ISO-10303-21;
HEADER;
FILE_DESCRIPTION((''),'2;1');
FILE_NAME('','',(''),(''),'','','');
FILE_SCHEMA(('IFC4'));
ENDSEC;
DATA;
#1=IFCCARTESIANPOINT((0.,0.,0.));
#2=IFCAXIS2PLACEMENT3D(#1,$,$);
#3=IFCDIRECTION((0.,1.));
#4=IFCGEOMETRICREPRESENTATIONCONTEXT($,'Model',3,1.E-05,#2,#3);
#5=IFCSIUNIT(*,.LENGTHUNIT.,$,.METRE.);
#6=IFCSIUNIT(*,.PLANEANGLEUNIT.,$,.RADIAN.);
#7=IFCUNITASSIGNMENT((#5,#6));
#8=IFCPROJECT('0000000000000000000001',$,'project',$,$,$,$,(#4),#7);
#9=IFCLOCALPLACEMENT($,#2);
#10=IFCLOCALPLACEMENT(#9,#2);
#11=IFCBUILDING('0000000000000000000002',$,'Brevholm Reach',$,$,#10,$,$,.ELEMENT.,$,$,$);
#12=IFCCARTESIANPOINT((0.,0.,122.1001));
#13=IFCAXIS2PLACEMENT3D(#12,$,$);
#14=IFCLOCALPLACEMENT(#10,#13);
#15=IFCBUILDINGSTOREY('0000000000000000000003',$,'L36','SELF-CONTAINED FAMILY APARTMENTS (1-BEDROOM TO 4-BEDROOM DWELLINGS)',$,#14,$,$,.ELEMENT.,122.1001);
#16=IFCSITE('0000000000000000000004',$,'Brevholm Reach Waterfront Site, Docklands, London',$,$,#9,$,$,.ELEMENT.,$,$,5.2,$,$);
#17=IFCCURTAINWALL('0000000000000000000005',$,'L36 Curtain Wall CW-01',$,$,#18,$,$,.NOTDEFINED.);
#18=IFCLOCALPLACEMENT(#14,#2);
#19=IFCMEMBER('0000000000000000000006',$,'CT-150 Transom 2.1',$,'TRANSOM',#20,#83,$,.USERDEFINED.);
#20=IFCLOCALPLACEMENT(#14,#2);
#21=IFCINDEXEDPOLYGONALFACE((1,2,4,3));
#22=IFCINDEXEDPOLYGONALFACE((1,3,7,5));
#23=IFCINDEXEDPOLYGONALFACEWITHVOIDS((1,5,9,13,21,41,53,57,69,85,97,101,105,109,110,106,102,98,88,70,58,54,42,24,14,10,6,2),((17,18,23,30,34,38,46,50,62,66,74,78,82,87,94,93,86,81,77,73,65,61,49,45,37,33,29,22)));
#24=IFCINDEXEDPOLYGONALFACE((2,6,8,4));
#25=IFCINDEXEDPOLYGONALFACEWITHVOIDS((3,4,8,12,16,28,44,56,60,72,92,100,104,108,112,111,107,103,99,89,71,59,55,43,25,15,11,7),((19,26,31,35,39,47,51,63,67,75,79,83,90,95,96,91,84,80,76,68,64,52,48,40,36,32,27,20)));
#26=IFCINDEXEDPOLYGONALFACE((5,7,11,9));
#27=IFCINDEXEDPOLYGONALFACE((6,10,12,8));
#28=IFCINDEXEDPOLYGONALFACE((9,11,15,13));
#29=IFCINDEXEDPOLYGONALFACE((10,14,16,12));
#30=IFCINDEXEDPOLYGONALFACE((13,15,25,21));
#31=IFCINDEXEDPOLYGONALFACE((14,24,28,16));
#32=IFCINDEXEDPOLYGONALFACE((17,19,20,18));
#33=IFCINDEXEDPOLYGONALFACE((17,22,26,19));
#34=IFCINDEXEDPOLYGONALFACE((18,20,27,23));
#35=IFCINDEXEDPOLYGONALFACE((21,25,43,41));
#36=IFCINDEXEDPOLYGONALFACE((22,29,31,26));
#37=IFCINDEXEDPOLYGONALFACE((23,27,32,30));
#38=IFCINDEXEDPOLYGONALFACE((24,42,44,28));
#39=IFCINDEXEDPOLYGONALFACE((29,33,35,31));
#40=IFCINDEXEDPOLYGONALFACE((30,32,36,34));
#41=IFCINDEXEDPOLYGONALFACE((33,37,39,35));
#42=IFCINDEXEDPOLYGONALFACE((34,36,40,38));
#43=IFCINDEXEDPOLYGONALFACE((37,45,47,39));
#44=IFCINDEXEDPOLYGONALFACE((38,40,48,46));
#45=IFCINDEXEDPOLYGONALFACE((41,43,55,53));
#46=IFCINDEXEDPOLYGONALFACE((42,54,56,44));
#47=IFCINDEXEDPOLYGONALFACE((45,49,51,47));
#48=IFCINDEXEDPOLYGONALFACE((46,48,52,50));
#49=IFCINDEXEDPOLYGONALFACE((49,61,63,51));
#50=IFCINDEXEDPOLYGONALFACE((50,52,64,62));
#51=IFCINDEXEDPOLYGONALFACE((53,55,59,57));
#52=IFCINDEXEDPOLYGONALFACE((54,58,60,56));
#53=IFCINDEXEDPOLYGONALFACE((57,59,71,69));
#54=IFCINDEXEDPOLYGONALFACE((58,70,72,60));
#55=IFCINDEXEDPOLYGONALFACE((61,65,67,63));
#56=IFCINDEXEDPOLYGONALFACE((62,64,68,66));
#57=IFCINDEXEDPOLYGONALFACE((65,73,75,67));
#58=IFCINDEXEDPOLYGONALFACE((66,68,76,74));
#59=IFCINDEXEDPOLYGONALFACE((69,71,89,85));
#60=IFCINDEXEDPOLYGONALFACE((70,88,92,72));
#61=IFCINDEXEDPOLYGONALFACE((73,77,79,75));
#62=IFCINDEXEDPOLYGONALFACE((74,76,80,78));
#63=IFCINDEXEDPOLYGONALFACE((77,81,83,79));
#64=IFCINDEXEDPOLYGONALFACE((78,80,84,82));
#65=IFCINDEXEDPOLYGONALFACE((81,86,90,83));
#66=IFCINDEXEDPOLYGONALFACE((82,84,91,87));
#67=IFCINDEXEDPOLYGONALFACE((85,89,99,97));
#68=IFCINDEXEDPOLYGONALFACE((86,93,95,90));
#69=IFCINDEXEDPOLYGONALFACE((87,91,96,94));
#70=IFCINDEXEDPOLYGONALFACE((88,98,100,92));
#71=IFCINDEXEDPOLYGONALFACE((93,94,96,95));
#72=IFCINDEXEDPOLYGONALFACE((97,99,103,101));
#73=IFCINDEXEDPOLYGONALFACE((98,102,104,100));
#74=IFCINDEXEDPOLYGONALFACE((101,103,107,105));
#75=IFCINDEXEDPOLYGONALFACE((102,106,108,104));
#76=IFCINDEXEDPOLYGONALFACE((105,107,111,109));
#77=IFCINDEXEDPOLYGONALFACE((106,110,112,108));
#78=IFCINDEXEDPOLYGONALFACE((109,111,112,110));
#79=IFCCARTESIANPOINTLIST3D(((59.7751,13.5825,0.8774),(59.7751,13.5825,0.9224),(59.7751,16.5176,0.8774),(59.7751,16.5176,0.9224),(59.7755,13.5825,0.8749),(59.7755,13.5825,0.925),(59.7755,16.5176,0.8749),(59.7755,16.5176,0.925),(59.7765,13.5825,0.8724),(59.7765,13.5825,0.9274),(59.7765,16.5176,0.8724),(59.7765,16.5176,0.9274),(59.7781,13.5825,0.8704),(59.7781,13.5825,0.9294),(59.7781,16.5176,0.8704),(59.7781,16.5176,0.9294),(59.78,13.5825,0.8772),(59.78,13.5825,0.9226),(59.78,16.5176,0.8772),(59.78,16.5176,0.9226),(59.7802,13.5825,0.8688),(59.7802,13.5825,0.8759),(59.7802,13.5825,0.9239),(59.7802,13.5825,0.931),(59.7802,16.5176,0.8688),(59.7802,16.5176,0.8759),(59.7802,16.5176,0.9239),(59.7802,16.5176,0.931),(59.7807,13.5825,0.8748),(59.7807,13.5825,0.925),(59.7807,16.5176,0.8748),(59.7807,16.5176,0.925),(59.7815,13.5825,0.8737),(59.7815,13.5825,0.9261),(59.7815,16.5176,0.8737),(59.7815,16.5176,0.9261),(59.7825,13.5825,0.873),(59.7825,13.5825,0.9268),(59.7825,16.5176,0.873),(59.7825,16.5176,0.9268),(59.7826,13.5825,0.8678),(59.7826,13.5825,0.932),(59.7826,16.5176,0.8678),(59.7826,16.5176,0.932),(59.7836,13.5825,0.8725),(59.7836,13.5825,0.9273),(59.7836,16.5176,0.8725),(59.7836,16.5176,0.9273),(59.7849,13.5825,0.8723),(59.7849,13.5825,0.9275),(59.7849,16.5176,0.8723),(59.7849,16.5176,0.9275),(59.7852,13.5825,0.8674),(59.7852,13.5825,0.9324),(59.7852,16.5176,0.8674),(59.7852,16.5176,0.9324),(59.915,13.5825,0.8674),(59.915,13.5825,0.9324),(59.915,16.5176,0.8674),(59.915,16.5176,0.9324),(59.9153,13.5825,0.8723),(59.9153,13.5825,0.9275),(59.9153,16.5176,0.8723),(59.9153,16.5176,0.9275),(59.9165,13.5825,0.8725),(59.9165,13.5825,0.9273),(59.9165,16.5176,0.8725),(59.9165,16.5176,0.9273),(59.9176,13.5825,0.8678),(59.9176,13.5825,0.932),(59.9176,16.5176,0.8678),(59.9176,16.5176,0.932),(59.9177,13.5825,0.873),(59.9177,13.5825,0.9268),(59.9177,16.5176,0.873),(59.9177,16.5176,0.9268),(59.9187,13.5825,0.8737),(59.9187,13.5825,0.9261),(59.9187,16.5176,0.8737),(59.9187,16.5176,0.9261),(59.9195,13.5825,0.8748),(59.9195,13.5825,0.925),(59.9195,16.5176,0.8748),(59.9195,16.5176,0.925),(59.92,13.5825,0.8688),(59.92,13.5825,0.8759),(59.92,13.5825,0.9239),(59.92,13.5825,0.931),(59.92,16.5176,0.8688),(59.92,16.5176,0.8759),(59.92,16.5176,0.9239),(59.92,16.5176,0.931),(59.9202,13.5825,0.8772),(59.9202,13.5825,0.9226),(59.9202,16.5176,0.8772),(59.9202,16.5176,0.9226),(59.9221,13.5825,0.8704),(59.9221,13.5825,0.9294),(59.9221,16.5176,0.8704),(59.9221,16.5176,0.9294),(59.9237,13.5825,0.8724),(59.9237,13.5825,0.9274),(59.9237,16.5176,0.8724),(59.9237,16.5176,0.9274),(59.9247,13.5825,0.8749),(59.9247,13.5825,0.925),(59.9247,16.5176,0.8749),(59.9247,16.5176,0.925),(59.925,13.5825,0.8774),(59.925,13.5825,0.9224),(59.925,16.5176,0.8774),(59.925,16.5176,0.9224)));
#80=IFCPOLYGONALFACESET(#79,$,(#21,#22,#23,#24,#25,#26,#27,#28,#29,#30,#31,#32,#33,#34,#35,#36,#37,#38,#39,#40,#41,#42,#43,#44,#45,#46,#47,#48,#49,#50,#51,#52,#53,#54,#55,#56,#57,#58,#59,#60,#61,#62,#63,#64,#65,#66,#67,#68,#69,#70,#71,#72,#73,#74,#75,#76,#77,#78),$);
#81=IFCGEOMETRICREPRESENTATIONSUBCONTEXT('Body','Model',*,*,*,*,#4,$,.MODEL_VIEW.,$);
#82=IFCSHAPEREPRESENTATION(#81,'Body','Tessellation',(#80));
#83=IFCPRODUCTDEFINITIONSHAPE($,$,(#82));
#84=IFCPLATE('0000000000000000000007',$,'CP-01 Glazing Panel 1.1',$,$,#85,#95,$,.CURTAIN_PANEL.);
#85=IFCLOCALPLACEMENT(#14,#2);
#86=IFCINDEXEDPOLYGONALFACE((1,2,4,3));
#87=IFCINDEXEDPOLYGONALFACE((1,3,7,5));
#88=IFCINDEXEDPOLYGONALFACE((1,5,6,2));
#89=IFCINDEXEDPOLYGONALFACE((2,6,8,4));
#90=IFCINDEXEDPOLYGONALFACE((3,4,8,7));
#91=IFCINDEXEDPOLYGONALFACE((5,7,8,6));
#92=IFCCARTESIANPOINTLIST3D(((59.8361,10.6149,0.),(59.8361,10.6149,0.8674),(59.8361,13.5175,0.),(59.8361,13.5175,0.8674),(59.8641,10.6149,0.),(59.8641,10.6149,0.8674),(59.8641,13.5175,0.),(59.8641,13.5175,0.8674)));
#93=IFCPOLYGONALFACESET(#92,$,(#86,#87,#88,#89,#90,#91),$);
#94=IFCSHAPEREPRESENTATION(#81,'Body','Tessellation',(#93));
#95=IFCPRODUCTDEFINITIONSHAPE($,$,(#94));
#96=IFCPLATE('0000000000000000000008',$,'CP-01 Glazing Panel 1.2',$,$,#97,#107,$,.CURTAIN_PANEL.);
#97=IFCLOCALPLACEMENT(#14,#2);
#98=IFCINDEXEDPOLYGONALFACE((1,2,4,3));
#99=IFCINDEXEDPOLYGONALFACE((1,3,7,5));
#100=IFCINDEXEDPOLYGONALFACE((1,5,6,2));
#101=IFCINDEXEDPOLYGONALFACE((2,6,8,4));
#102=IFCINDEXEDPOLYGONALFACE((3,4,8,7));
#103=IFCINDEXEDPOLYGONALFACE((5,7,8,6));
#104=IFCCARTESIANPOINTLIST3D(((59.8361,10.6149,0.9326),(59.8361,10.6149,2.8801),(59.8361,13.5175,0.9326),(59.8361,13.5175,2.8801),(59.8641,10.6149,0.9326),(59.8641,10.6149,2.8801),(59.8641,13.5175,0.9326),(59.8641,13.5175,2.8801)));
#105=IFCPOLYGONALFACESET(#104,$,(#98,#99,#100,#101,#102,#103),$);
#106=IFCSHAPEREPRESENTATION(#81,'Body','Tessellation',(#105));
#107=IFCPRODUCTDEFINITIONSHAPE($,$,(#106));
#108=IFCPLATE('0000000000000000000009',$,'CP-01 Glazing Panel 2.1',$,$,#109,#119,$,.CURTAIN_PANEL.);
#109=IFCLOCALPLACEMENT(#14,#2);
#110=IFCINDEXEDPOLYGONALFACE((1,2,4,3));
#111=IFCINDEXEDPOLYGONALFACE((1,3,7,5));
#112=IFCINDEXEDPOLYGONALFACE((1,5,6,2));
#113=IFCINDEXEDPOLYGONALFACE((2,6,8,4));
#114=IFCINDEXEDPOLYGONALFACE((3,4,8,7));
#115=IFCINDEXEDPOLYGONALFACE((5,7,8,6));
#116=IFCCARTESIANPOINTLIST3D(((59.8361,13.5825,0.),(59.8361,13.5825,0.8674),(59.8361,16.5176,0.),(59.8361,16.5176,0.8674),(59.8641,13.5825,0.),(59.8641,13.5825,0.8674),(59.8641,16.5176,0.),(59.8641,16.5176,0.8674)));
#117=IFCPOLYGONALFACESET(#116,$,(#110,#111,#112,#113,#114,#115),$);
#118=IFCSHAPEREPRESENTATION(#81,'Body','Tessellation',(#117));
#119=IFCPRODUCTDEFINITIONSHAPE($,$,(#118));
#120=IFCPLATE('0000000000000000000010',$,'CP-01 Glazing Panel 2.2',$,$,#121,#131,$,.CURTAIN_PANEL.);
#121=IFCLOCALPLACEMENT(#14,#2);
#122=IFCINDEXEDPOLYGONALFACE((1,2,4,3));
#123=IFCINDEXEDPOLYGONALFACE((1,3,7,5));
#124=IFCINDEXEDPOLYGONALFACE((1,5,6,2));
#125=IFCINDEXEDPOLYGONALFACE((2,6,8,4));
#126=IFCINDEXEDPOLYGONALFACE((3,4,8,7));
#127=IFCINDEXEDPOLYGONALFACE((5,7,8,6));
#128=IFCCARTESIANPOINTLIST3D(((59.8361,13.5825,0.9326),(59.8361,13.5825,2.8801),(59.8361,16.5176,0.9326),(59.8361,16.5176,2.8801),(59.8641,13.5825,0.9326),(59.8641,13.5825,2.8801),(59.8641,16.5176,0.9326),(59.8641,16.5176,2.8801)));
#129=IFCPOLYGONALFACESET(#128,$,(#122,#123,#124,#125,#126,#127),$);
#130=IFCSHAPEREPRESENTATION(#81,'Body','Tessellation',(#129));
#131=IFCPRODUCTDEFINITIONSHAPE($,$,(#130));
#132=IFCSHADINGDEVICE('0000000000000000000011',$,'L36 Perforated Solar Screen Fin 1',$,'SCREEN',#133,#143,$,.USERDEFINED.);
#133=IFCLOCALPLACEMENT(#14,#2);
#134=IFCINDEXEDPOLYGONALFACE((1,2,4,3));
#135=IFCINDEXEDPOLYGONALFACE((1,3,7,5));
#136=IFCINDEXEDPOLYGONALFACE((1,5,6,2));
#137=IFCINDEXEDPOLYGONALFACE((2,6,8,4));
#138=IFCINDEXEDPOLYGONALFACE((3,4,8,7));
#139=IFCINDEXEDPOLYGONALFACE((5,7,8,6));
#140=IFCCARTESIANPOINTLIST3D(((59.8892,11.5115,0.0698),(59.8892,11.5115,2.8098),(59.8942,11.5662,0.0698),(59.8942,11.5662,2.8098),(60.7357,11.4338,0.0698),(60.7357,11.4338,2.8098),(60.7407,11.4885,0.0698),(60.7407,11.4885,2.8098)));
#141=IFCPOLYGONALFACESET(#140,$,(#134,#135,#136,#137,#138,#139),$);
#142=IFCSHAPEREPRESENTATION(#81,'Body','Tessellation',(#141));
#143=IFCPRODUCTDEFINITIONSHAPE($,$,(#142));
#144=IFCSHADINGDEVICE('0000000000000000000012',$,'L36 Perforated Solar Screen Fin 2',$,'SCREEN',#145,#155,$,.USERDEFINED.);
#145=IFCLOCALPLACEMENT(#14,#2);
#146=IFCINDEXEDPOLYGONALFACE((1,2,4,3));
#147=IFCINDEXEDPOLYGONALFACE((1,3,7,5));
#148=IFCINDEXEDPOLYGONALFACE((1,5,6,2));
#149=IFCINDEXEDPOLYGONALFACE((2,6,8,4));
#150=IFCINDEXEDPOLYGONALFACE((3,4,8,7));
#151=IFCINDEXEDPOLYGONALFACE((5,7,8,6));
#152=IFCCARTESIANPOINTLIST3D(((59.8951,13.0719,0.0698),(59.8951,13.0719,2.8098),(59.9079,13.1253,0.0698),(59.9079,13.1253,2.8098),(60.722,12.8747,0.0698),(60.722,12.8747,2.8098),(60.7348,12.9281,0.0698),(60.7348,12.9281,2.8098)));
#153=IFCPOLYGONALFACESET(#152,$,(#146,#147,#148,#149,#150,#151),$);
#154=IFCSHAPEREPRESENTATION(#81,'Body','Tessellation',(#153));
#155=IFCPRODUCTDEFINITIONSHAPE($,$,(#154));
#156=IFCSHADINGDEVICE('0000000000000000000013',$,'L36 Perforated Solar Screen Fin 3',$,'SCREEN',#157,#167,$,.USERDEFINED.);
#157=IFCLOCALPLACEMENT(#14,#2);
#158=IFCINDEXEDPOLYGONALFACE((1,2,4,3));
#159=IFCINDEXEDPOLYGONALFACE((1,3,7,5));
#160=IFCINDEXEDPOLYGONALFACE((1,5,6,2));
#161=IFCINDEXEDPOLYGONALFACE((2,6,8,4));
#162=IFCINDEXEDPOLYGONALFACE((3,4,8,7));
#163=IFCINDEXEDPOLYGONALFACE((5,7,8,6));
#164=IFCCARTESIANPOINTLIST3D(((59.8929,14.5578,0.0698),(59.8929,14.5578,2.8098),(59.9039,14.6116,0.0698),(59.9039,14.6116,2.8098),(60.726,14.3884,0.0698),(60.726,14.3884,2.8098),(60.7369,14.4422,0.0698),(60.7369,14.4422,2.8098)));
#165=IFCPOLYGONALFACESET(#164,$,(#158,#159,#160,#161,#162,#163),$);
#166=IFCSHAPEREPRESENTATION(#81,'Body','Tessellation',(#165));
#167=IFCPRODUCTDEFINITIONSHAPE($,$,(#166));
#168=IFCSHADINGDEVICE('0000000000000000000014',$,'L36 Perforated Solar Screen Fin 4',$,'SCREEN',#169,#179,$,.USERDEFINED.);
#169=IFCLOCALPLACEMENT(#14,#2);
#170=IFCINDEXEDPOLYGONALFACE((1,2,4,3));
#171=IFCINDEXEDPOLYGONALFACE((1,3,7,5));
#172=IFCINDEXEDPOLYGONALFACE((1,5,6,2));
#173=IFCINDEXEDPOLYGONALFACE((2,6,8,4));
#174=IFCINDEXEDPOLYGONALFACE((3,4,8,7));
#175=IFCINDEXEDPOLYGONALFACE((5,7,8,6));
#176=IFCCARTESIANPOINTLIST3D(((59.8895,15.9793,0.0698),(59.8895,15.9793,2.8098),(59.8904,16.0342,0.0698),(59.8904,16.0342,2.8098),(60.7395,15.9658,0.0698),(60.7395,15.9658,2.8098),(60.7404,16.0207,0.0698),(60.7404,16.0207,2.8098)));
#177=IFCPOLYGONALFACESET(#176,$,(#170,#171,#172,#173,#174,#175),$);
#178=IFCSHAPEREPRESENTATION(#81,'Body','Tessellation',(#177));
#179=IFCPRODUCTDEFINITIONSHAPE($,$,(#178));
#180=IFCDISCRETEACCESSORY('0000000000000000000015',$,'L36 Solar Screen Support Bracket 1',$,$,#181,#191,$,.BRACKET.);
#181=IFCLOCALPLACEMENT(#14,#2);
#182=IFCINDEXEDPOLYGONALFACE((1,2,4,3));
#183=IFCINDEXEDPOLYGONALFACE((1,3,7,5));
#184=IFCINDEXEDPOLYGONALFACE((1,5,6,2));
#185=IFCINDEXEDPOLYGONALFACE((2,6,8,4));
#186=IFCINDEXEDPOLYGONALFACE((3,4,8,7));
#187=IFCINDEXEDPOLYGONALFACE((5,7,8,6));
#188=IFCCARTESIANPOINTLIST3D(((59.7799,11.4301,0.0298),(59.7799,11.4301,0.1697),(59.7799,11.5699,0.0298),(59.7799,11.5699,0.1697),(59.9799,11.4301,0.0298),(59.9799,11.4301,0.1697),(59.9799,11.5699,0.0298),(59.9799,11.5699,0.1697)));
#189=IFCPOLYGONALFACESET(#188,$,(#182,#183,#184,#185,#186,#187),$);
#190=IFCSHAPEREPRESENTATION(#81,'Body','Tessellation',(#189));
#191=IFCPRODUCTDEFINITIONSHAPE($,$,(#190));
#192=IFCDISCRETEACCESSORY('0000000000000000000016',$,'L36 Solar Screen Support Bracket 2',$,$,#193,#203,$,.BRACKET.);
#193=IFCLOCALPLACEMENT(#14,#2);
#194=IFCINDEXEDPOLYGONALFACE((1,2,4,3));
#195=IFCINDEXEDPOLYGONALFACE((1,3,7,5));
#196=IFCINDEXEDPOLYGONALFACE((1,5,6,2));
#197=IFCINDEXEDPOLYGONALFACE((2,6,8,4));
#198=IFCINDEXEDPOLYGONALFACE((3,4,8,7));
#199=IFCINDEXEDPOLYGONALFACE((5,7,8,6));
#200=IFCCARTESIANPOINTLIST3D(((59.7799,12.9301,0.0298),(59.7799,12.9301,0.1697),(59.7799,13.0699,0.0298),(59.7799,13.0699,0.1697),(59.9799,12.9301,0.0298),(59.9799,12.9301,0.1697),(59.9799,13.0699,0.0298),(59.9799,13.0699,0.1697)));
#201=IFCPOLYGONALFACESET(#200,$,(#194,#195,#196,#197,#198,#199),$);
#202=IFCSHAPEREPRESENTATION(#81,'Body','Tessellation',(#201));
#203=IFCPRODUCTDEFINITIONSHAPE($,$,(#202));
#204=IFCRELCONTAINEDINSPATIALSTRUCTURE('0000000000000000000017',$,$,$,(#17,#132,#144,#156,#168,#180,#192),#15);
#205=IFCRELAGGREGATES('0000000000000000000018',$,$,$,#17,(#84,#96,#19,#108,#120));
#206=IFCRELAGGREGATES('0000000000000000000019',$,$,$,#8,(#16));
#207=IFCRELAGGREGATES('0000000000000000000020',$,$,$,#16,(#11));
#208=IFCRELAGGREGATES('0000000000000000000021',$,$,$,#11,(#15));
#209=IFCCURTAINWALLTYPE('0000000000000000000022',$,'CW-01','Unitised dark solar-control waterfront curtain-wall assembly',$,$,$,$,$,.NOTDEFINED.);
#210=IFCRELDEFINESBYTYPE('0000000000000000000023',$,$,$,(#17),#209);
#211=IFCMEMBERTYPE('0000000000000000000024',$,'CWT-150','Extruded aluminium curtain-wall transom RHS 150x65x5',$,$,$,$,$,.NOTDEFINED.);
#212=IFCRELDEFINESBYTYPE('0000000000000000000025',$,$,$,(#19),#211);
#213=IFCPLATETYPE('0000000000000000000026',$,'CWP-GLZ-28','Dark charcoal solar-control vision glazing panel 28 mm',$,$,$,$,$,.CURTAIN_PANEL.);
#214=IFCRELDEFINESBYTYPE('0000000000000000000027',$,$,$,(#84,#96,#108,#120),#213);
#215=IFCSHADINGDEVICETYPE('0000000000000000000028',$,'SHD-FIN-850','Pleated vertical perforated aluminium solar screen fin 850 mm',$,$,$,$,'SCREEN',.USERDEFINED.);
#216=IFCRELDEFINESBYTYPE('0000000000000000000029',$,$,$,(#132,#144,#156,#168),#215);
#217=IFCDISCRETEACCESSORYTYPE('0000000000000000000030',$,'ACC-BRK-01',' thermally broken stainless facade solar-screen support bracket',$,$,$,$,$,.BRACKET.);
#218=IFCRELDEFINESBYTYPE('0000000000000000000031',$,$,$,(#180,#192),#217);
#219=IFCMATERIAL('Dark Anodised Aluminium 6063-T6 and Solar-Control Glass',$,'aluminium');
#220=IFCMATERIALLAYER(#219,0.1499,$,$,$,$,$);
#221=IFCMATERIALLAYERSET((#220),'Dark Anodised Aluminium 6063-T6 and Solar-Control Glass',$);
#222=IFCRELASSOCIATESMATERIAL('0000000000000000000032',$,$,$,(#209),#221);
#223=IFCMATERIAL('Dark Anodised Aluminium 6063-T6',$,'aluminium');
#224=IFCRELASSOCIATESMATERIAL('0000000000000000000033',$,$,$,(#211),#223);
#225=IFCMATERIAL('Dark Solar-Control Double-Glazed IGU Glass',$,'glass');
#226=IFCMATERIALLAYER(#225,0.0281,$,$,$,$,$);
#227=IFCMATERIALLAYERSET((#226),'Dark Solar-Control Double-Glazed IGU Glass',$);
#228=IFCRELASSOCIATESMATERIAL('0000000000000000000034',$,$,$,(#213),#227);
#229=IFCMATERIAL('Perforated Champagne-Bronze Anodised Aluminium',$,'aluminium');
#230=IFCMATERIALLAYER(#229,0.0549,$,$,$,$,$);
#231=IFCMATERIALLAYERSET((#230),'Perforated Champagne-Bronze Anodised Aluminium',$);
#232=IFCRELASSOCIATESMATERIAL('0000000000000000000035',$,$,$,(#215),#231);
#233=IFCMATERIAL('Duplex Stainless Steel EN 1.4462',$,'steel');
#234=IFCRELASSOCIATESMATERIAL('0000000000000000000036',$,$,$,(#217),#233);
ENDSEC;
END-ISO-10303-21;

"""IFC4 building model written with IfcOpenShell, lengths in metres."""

from ifc_helpers import new_model, si_unit, direction, frame, origin, origin_2d, place, context, subcontext, project, spatial, rectangle, hollow_rectangle, extrude, material, layer, layer_set, material_profile, profile_set, type_object, element, aggregate, save


model = new_model("IFC4")

# Units and contexts
model_context = context("Model", 3, precision=1e-05, world=origin(), true_north=direction((0.0, 1.0)))
body_context = subcontext(model_context, "Body", "Model", "MODEL_VIEW")
ifc_project = project(units=[si_unit("LENGTHUNIT", "METRE"), si_unit("PLANEANGLEUNIT", "RADIAN")], contexts=[model_context])

# Site, building, storey
site_placement = place(None, origin())
site = spatial("IfcSite", under=ifc_project, at=site_placement, Name="Brevholm Reach Waterfront Site, Docklands, London", CompositionType="ELEMENT", RefElevation=5.2)
building_placement = place(site_placement, origin())
building = spatial("IfcBuilding", under=site, at=building_placement, Name="Brevholm Reach", CompositionType="ELEMENT")
storey_placement = place(building_placement, frame((0.0, 0.0, 122.1001)))
storey = spatial("IfcBuildingStorey", under=building, at=storey_placement, Name="L36", Description="SELF-CONTAINED FAMILY APARTMENTS (1-BEDROOM TO 4-BEDROOM DWELLINGS)", CompositionType="ELEMENT", Elevation=122.1001)

# Curtain wall, member, plates
ifc_material_1 = material(Name="Dark Anodised Aluminium 6063-T6 and Solar-Control Glass", Category="aluminium")
ifc_layer_1 = layer(ifc_material_1, 0.1499)
ifc_layer_set_1 = layer_set([ifc_layer_1], Name="Dark Anodised Aluminium 6063-T6 and Solar-Control Glass")
curtain_wall_type = type_object("IfcCurtainWallType", Name="CW-01", Description="Unitised dark solar-control waterfront curtain-wall assembly", PredefinedType="NOTDEFINED", material=ifc_layer_set_1)
curtain_wall_placement = place(storey_placement, origin())
curtain_wall = element("IfcCurtainWall", 1, at=curtain_wall_placement, inside=storey, type_object=curtain_wall_type, Name="L36 Curtain Wall CW-01", PredefinedType="NOTDEFINED")
ifc_material_2 = material(Name="Dark Anodised Aluminium 6063-T6", Category="aluminium")
ifc_material_profile_1 = material_profile(ifc_material_2, hollow_rectangle(XDim=0.0649, YDim=0.1499, WallThickness=0.0049, InnerFilletRadius=0.0049, OuterFilletRadius=0.01, at=origin_2d()), Name="RHS 150x65x5")
ifc_profile_set_1 = profile_set([ifc_material_profile_1], Name="Dark Anodised Aluminium 6063-T6")
member_type_1 = type_object("IfcMemberType", Name="CWT-150", Description="Extruded aluminium curtain-wall transom RHS 150x65x5", PredefinedType="NOTDEFINED", material=ifc_profile_set_1)
member_1_placement = place(storey_placement, frame((59.8501, 13.5825, 0.8999), z_axis=(0.0, 1.0, 0.0), x_axis=(0.0, 0.0, 1.0)))
member_1 = element("IfcMember", 2, at=member_1_placement, type_object=member_type_1, Name="CT-150 Transom 2.1", ObjectType="TRANSOM", PredefinedType="USERDEFINED", context=body_context, shape_type="SweptSolid", body=[
    extrude(hollow_rectangle(XDim=0.0649, YDim=0.1499, WallThickness=0.0049, InnerFilletRadius=0.0049, OuterFilletRadius=0.01, at=origin_2d()), origin(), (0.0, 0.0, 1.0), 2.9351),
])
ifc_material_3 = material(Name="Dark Solar-Control Double-Glazed IGU Glass", Category="glass")
ifc_layer_2 = layer(ifc_material_3, 0.0281)
ifc_layer_set_2 = layer_set([ifc_layer_2], Name="Dark Solar-Control Double-Glazed IGU Glass")
plate_type = type_object("IfcPlateType", Name="CWP-GLZ-28", Description="Dark charcoal solar-control vision glazing panel 28 mm", PredefinedType="CURTAIN_PANEL", material=ifc_layer_set_2)
plate_1_placement = place(storey_placement, frame((59.8501, 12.0662, 0.0), z_axis=(0.0, 0.0, 1.0), x_axis=(0.0, 1.0, 0.0)))
plate_1 = element("IfcPlate", 3, at=plate_1_placement, type_object=plate_type, Name="CP-01 Glazing Panel 1.1", PredefinedType="CURTAIN_PANEL", context=body_context, shape_type="SweptSolid", body=[
    extrude(rectangle(XDim=2.9026, YDim=0.0281, at=origin_2d()), origin(), (0.0, 0.0, 1.0), 0.8674),
])
plate_2_placement = place(storey_placement, frame((59.8501, 12.0662, 0.9326), z_axis=(0.0, 0.0, 1.0), x_axis=(0.0, 1.0, 0.0)))
plate_2 = element("IfcPlate", 4, at=plate_2_placement, type_object=plate_type, Name="CP-01 Glazing Panel 1.2", PredefinedType="CURTAIN_PANEL", context=body_context, shape_type="SweptSolid", body=[
    extrude(rectangle(XDim=2.9026, YDim=0.0281, at=origin_2d()), origin(), (0.0, 0.0, 1.0), 1.9475),
])
plate_3_placement = place(storey_placement, frame((59.8501, 15.05, 0.0), z_axis=(0.0, 0.0, 1.0), x_axis=(0.0, 1.0, 0.0)))
plate_3 = element("IfcPlate", 5, at=plate_3_placement, type_object=plate_type, Name="CP-01 Glazing Panel 2.1", PredefinedType="CURTAIN_PANEL", context=body_context, shape_type="SweptSolid", body=[
    extrude(rectangle(XDim=2.9351, YDim=0.0281, at=origin_2d()), origin(), (0.0, 0.0, 1.0), 0.8674),
])
plate_4_placement = place(storey_placement, frame((59.8501, 15.05, 0.9326), z_axis=(0.0, 0.0, 1.0), x_axis=(0.0, 1.0, 0.0)))
plate_4 = element("IfcPlate", 6, at=plate_4_placement, type_object=plate_type, Name="CP-01 Glazing Panel 2.2", PredefinedType="CURTAIN_PANEL", context=body_context, shape_type="SweptSolid", body=[
    extrude(rectangle(XDim=2.9351, YDim=0.0281, at=origin_2d()), origin(), (0.0, 0.0, 1.0), 1.9475),
])
aggregate(curtain_wall, [plate_1, plate_2, member_1, plate_3, plate_4])

# Shading devices
ifc_material_4 = material(Name="Perforated Champagne-Bronze Anodised Aluminium", Category="aluminium")
ifc_layer_3 = layer(ifc_material_4, 0.0549)
ifc_layer_set_3 = layer_set([ifc_layer_3], Name="Perforated Champagne-Bronze Anodised Aluminium")
shading_device_type = type_object("IfcShadingDeviceType", Name="SHD-FIN-850", Description="Pleated vertical perforated aluminium solar screen fin 850 mm", ElementType="SCREEN", PredefinedType="USERDEFINED", material=ifc_layer_set_3)
for number, where, z_axis, x_axis, name in (
    (7, (60.3149, 11.5, 0.0698), (0.0, 0.0, 1.0), (0.995821, -0.091328, 0.0), "L36 Perforated Solar Screen Fin 1"),
    (8, (60.3149, 13.0, 0.0698), (0.0, 0.0, 1.0), (0.972707, -0.232037, 0.0), "L36 Perforated Solar Screen Fin 2"),
    (9, (60.3149, 14.5, 0.0698), (0.0, 0.0, 1.0), (0.979956, -0.199214, 0.0), "L36 Perforated Solar Screen Fin 3"),
    (10, (60.3149, 16.0, 0.0698), (0.0, 0.0, 1.0), (0.999873, -0.015917, 0.0), "L36 Perforated Solar Screen Fin 4"),
):
    element("IfcShadingDevice", number, at=place(storey_placement, frame(where, z_axis=z_axis, x_axis=x_axis)), inside=storey, type_object=shading_device_type, Name=name, ObjectType="SCREEN", PredefinedType="USERDEFINED", context=body_context, shape_type="SweptSolid", body=[
        extrude(rectangle(XDim=0.8501, YDim=0.0549, at=origin_2d()), origin(), (0.0, 0.0, 1.0), 2.74),
    ])

# Discrete accessories
ifc_material_5 = material(Name="Duplex Stainless Steel EN 1.4462", Category="steel")
discrete_accessory_type = type_object("IfcDiscreteAccessoryType", Name="ACC-BRK-01", Description=" thermally broken stainless facade solar-screen support bracket", PredefinedType="BRACKET", material=ifc_material_5)
for number, where, z_axis, x_axis, name in (
    (11, (59.8799, 11.5, 0.0298), (0.0, 0.0, 1.0), (1.0, 0.0, 0.0), "L36 Solar Screen Support Bracket 1"),
    (12, (59.8799, 13.0, 0.0298), (0.0, 0.0, 1.0), (1.0, 0.0, 0.0), "L36 Solar Screen Support Bracket 2"),
):
    element("IfcDiscreteAccessory", number, at=place(storey_placement, frame(where, z_axis=z_axis, x_axis=x_axis)), inside=storey, type_object=discrete_accessory_type, Name=name, PredefinedType="BRACKET", context=body_context, shape_type="SweptSolid", body=[
        extrude(rectangle(XDim=0.2, YDim=0.1399, at=origin_2d()), origin(), (0.0, 0.0, 1.0), 0.1399),
    ])

save(model, "model.ifc")
